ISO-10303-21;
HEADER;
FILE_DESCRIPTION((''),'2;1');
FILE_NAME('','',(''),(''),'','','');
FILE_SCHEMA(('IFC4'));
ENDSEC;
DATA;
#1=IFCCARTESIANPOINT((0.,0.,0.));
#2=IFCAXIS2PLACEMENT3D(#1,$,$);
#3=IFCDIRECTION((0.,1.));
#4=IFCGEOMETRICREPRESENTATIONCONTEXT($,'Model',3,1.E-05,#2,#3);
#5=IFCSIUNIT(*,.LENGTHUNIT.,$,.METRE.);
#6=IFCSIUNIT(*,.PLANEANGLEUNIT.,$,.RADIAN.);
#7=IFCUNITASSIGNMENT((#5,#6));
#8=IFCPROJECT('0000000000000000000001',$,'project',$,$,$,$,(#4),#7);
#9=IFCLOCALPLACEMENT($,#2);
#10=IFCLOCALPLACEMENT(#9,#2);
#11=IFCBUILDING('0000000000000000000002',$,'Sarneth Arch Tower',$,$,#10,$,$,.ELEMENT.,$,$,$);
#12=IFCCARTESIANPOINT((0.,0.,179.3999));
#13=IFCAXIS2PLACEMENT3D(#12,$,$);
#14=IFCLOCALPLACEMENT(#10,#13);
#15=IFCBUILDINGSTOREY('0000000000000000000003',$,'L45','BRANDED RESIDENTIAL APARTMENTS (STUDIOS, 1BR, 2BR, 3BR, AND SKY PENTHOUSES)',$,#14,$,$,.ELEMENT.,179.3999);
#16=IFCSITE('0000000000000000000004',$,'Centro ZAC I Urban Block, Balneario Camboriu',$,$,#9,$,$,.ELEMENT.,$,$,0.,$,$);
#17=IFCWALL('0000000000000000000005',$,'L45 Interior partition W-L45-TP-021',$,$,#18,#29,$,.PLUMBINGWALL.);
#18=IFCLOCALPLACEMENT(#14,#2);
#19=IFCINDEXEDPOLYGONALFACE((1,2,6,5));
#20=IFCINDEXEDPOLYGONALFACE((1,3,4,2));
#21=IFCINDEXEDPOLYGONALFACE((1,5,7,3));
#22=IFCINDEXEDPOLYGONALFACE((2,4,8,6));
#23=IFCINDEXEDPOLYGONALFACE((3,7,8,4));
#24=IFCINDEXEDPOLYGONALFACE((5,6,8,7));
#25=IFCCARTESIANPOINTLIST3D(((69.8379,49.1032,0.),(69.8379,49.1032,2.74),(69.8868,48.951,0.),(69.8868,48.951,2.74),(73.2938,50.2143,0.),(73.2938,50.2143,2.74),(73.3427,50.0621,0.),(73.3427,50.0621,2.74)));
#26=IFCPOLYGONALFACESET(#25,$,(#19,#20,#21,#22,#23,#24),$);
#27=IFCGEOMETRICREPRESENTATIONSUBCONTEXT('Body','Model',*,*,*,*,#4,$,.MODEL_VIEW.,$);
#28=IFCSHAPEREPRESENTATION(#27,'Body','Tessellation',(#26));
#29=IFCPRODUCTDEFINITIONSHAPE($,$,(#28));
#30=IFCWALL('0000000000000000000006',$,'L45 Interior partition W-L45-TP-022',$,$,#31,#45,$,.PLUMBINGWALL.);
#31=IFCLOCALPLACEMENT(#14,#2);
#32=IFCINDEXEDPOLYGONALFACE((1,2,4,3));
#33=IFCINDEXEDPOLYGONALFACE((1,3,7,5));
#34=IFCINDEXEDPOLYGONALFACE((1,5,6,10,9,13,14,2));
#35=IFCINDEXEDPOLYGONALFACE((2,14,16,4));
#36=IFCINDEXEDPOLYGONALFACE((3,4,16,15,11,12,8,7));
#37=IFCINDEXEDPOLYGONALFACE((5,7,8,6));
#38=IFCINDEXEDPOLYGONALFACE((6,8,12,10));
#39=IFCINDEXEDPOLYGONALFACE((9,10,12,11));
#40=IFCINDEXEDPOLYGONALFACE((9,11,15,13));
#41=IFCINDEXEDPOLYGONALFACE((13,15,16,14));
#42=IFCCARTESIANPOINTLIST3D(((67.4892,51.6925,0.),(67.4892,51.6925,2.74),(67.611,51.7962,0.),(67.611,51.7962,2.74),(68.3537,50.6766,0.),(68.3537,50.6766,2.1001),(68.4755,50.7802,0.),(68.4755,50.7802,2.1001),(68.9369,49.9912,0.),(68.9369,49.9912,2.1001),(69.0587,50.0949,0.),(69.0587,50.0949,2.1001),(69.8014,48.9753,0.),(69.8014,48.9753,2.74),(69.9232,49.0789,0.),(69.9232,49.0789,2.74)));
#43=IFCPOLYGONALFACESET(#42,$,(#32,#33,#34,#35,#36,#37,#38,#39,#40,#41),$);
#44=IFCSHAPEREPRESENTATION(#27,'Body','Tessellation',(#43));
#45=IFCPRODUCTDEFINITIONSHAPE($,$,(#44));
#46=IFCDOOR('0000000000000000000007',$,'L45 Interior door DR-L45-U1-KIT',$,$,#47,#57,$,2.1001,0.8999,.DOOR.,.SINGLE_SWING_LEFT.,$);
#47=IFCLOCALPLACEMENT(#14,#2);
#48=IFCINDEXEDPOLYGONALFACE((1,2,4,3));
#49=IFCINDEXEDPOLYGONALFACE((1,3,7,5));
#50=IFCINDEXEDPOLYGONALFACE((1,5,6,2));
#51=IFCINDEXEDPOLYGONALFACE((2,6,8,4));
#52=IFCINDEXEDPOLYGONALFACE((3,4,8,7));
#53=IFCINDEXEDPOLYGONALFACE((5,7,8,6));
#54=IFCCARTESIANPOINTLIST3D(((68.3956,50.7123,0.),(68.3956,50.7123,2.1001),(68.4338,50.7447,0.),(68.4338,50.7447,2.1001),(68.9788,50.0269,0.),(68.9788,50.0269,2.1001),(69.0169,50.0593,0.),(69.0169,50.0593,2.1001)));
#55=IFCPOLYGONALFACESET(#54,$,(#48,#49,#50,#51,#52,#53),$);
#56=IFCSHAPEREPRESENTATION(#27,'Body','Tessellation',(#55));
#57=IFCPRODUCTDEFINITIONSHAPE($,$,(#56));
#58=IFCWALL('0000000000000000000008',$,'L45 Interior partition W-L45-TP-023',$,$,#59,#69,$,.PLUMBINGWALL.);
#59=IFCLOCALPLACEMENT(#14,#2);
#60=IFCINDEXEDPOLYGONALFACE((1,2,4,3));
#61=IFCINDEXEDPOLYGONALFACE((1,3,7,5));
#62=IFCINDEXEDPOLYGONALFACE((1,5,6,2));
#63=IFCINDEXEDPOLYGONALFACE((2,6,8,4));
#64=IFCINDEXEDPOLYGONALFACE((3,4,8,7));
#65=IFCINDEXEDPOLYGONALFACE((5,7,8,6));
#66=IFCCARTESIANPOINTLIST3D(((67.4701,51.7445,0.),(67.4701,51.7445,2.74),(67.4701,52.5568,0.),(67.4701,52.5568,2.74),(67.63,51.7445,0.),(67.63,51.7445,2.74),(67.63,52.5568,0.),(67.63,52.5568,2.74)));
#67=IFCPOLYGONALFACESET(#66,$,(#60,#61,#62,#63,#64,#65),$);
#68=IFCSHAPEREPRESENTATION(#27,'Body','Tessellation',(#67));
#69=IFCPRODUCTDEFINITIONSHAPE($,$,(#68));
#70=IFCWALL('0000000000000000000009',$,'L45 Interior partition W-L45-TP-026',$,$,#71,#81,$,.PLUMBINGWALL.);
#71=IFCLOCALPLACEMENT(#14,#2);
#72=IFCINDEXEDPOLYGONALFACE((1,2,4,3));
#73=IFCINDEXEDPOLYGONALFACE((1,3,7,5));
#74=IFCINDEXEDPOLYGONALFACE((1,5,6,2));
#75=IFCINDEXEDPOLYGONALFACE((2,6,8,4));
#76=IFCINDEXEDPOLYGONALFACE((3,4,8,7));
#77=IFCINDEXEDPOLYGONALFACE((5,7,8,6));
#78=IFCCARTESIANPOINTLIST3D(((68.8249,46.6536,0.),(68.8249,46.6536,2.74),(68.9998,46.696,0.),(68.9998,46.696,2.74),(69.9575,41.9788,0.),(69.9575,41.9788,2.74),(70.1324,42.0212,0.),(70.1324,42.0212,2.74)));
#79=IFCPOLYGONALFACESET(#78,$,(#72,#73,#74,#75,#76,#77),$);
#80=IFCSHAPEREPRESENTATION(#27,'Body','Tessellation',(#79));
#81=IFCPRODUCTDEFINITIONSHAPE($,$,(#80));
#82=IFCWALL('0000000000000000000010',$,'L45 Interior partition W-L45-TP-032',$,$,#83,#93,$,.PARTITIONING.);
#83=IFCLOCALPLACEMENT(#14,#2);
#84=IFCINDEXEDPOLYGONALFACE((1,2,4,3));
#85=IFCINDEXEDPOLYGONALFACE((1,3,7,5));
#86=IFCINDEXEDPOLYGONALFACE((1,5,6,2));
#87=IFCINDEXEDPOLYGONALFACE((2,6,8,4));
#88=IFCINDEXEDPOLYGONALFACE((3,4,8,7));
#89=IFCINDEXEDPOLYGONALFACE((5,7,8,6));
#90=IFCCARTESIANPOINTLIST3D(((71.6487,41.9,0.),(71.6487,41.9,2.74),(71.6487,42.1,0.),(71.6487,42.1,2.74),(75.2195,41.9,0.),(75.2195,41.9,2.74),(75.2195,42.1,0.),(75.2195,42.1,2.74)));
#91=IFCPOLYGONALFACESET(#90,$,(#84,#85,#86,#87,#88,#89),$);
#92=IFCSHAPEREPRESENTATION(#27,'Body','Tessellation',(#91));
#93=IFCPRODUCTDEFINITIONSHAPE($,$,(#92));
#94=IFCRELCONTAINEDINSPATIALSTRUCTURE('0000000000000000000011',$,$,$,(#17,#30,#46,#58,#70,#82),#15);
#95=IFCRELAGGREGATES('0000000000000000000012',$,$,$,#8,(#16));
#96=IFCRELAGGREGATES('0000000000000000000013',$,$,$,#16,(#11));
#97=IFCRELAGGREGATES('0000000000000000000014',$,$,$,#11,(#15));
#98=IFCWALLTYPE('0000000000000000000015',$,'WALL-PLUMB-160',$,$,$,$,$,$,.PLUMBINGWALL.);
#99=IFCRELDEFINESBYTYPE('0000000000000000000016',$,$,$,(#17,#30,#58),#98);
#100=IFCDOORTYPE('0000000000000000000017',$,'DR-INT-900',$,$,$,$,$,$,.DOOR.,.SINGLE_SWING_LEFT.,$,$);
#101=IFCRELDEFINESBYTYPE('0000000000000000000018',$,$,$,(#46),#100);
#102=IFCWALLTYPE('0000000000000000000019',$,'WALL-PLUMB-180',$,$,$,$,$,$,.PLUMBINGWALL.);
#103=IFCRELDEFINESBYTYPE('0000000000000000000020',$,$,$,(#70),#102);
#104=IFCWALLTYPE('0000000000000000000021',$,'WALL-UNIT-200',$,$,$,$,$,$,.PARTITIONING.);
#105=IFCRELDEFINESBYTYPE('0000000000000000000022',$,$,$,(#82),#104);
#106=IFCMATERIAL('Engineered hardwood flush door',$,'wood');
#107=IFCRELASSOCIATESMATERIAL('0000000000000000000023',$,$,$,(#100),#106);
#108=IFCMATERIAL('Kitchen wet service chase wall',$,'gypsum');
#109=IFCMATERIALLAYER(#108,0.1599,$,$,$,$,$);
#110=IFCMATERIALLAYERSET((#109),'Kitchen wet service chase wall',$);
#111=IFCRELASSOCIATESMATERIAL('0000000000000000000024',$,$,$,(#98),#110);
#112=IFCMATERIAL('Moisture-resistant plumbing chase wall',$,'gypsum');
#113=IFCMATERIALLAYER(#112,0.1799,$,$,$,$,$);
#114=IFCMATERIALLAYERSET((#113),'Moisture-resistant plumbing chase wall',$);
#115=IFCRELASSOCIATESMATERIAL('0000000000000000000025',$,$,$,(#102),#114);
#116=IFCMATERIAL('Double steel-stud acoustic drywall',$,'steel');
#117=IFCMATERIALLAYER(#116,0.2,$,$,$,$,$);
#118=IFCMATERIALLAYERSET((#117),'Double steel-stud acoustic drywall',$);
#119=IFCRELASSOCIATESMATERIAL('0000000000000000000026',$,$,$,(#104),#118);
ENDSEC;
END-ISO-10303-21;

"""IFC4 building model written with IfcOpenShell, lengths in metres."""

from ifc_helpers import new_model, si_unit, direction, frame, frame_2d, origin, place, context, subcontext, project, spatial, rectangle, extrude, material, layer, layer_set, type_object, element, fill, save


model = new_model("IFC4")

# Units and contexts
model_context = context("Model", 3, precision=1e-05, world=origin(), true_north=direction((0.0, 1.0)))
body_context = subcontext(model_context, "Body", "Model", "MODEL_VIEW")
ifc_project = project(units=[si_unit("LENGTHUNIT", "METRE"), si_unit("PLANEANGLEUNIT", "RADIAN")], contexts=[model_context])

# Site, building, storey
site_placement = place(None, origin())
site = spatial("IfcSite", under=ifc_project, at=site_placement, Name="Centro ZAC I Urban Block, Balneario Camboriu", CompositionType="ELEMENT", RefElevation=0.0)
building_placement = place(site_placement, origin())
building = spatial("IfcBuilding", under=site, at=building_placement, Name="Sarneth Arch Tower", CompositionType="ELEMENT")
storey_placement = place(building_placement, frame((0.0, 0.0, 179.3999)))
storey = spatial("IfcBuildingStorey", under=building, at=storey_placement, Name="L45", Description="BRANDED RESIDENTIAL APARTMENTS (STUDIOS, 1BR, 2BR, 3BR, AND SKY PENTHOUSES)", CompositionType="ELEMENT", Elevation=179.3999)

# Shared definitions
ifc_material_1 = material(Name="Engineered hardwood flush door", Category="wood")
door_type_1 = type_object("IfcDoorType", Name="DR-INT-900", OperationType="SINGLE_SWING_LEFT", PredefinedType="DOOR", material=ifc_material_1)

# Wall
ifc_material_2 = material(Name="Kitchen wet service chase wall", Category="gypsum")
ifc_layer_1 = layer(ifc_material_2, 0.1599)
ifc_layer_set_1 = layer_set([ifc_layer_1], Name="Kitchen wet service chase wall")
wall_type_1 = type_object("IfcWallType", Name="WALL-PLUMB-160", PredefinedType="PLUMBINGWALL", material=ifc_layer_set_1)
wall_1_placement = place(storey_placement, frame((73.3181, 50.1382, 0.0), z_axis=(0.0, 0.0, 1.0), x_axis=(-0.952005, -0.306081, 0.0)))
element("IfcWall", 1, at=wall_1_placement, inside=storey, type_object=wall_type_1, Name="L45 Interior partition W-L45-TP-021", PredefinedType="PLUMBINGWALL", context=body_context, shape_type="SweptSolid", body=[
    extrude(rectangle(XDim=3.6301, YDim=0.1599, at=frame_2d((1.8149, 0.0))), origin(), (0.0, 0.0, 1.0), 2.74),
])

# Wall, opening, door
wall_2_placement = place(storey_placement, frame((69.8623, 49.0271, 0.0), z_axis=(0.0, 0.0, 1.0), x_axis=(-0.648065, 0.761585, 0.0)))
wall_2 = element("IfcWall", 2, at=wall_2_placement, inside=storey, type_object=wall_type_1, Name="L45 Interior partition W-L45-TP-022", PredefinedType="PLUMBINGWALL", context=body_context, shape_type="SweptSolid", body=[
    extrude(rectangle(XDim=3.5679, YDim=0.1599, at=frame_2d((1.7839, 0.0))), origin(), (0.0, 0.0, 1.0), 2.74),
])
opening_1_placement = place(wall_2_placement, frame((1.334, 0.0, 0.0)))
opening_1 = element("IfcOpeningElement", 3, at=opening_1_placement, cuts=wall_2, PredefinedType="OPENING", context=body_context, shape_type="SweptSolid", body=[
    extrude(rectangle(XDim=0.8999, YDim=2.1001, at=frame_2d((0.45, 1.05))), frame((0.0, 0.0898, 0.0), z_axis=(0.0, -1.0, 0.0), x_axis=(1.0, 0.0, 0.0)), (0.0, 0.0, 1.0), 0.1799),
])
door_1_placement = place(opening_1_placement, origin())
door_1 = element("IfcDoor", 4, at=door_1_placement, inside=storey, type_object=door_type_1, Name="L45 Interior door DR-L45-U1-KIT", OperationType="SINGLE_SWING_LEFT", OverallHeight=2.1001, OverallWidth=0.8999, PredefinedType="DOOR", context=body_context, shape_type="SweptSolid", body=[
    extrude(rectangle(XDim=0.8999, YDim=2.1001, at=frame_2d((0.45, 1.05))), frame((0.0, 0.0249, 0.0), z_axis=(0.0, -1.0, 0.0), x_axis=(1.0, 0.0, 0.0)), (0.0, 0.0, 1.0), 0.05),
])
fill(opening_1, door_1)

# Walls
wall_3_placement = place(storey_placement, frame((67.55, 51.7444, 0.0), z_axis=(0.0, 0.0, 1.0), x_axis=(0.0, 1.0, 0.0)))
element("IfcWall", 5, at=wall_3_placement, inside=storey, type_object=wall_type_1, Name="L45 Interior partition W-L45-TP-023", PredefinedType="PLUMBINGWALL", context=body_context, shape_type="SweptSolid", body=[
    extrude(rectangle(XDim=0.8123, YDim=0.1599, at=frame_2d((0.4062, 0.0))), origin(), (0.0, 0.0, 1.0), 2.74),
])
ifc_material_3 = material(Name="Moisture-resistant plumbing chase wall", Category="gypsum")
ifc_layer_2 = layer(ifc_material_3, 0.1799)
ifc_layer_set_2 = layer_set([ifc_layer_2], Name="Moisture-resistant plumbing chase wall")
wall_type_2 = type_object("IfcWallType", Name="WALL-PLUMB-180", PredefinedType="PLUMBINGWALL", material=ifc_layer_set_2)
wall_4_placement = place(storey_placement, frame((68.9124, 46.6748, 0.0), z_axis=(0.0, 0.0, 1.0), x_axis=(0.235459, -0.971884, 0.0)))
element("IfcWall", 6, at=wall_4_placement, inside=storey, type_object=wall_type_2, Name="L45 Interior partition W-L45-TP-026", PredefinedType="PLUMBINGWALL", context=body_context, shape_type="SweptSolid", body=[
    extrude(rectangle(XDim=4.8101, YDim=0.1799, at=frame_2d((2.405, 0.0))), origin(), (0.0, 0.0, 1.0), 2.74),
])
ifc_material_4 = material(Name="Double steel-stud acoustic drywall", Category="steel")
ifc_layer_3 = layer(ifc_material_4, 0.2)
ifc_layer_set_3 = layer_set([ifc_layer_3], Name="Double steel-stud acoustic drywall")
wall_type_3 = type_object("IfcWallType", Name="WALL-UNIT-200", PredefinedType="PARTITIONING", material=ifc_layer_set_3)
wall_5_placement = place(storey_placement, frame((71.6487, 42.0, 0.0), z_axis=(0.0, 0.0, 1.0), x_axis=(1.0, 0.0, 0.0)))
element("IfcWall", 7, at=wall_5_placement, inside=storey, type_object=wall_type_3, Name="L45 Interior partition W-L45-TP-032", PredefinedType="PARTITIONING", context=body_context, shape_type="SweptSolid", body=[
    extrude(rectangle(XDim=3.5708, YDim=0.2, at=frame_2d((1.7854, 0.0))), origin(), (0.0, 0.0, 1.0), 2.74),
])

save(model, "model.ifc")
